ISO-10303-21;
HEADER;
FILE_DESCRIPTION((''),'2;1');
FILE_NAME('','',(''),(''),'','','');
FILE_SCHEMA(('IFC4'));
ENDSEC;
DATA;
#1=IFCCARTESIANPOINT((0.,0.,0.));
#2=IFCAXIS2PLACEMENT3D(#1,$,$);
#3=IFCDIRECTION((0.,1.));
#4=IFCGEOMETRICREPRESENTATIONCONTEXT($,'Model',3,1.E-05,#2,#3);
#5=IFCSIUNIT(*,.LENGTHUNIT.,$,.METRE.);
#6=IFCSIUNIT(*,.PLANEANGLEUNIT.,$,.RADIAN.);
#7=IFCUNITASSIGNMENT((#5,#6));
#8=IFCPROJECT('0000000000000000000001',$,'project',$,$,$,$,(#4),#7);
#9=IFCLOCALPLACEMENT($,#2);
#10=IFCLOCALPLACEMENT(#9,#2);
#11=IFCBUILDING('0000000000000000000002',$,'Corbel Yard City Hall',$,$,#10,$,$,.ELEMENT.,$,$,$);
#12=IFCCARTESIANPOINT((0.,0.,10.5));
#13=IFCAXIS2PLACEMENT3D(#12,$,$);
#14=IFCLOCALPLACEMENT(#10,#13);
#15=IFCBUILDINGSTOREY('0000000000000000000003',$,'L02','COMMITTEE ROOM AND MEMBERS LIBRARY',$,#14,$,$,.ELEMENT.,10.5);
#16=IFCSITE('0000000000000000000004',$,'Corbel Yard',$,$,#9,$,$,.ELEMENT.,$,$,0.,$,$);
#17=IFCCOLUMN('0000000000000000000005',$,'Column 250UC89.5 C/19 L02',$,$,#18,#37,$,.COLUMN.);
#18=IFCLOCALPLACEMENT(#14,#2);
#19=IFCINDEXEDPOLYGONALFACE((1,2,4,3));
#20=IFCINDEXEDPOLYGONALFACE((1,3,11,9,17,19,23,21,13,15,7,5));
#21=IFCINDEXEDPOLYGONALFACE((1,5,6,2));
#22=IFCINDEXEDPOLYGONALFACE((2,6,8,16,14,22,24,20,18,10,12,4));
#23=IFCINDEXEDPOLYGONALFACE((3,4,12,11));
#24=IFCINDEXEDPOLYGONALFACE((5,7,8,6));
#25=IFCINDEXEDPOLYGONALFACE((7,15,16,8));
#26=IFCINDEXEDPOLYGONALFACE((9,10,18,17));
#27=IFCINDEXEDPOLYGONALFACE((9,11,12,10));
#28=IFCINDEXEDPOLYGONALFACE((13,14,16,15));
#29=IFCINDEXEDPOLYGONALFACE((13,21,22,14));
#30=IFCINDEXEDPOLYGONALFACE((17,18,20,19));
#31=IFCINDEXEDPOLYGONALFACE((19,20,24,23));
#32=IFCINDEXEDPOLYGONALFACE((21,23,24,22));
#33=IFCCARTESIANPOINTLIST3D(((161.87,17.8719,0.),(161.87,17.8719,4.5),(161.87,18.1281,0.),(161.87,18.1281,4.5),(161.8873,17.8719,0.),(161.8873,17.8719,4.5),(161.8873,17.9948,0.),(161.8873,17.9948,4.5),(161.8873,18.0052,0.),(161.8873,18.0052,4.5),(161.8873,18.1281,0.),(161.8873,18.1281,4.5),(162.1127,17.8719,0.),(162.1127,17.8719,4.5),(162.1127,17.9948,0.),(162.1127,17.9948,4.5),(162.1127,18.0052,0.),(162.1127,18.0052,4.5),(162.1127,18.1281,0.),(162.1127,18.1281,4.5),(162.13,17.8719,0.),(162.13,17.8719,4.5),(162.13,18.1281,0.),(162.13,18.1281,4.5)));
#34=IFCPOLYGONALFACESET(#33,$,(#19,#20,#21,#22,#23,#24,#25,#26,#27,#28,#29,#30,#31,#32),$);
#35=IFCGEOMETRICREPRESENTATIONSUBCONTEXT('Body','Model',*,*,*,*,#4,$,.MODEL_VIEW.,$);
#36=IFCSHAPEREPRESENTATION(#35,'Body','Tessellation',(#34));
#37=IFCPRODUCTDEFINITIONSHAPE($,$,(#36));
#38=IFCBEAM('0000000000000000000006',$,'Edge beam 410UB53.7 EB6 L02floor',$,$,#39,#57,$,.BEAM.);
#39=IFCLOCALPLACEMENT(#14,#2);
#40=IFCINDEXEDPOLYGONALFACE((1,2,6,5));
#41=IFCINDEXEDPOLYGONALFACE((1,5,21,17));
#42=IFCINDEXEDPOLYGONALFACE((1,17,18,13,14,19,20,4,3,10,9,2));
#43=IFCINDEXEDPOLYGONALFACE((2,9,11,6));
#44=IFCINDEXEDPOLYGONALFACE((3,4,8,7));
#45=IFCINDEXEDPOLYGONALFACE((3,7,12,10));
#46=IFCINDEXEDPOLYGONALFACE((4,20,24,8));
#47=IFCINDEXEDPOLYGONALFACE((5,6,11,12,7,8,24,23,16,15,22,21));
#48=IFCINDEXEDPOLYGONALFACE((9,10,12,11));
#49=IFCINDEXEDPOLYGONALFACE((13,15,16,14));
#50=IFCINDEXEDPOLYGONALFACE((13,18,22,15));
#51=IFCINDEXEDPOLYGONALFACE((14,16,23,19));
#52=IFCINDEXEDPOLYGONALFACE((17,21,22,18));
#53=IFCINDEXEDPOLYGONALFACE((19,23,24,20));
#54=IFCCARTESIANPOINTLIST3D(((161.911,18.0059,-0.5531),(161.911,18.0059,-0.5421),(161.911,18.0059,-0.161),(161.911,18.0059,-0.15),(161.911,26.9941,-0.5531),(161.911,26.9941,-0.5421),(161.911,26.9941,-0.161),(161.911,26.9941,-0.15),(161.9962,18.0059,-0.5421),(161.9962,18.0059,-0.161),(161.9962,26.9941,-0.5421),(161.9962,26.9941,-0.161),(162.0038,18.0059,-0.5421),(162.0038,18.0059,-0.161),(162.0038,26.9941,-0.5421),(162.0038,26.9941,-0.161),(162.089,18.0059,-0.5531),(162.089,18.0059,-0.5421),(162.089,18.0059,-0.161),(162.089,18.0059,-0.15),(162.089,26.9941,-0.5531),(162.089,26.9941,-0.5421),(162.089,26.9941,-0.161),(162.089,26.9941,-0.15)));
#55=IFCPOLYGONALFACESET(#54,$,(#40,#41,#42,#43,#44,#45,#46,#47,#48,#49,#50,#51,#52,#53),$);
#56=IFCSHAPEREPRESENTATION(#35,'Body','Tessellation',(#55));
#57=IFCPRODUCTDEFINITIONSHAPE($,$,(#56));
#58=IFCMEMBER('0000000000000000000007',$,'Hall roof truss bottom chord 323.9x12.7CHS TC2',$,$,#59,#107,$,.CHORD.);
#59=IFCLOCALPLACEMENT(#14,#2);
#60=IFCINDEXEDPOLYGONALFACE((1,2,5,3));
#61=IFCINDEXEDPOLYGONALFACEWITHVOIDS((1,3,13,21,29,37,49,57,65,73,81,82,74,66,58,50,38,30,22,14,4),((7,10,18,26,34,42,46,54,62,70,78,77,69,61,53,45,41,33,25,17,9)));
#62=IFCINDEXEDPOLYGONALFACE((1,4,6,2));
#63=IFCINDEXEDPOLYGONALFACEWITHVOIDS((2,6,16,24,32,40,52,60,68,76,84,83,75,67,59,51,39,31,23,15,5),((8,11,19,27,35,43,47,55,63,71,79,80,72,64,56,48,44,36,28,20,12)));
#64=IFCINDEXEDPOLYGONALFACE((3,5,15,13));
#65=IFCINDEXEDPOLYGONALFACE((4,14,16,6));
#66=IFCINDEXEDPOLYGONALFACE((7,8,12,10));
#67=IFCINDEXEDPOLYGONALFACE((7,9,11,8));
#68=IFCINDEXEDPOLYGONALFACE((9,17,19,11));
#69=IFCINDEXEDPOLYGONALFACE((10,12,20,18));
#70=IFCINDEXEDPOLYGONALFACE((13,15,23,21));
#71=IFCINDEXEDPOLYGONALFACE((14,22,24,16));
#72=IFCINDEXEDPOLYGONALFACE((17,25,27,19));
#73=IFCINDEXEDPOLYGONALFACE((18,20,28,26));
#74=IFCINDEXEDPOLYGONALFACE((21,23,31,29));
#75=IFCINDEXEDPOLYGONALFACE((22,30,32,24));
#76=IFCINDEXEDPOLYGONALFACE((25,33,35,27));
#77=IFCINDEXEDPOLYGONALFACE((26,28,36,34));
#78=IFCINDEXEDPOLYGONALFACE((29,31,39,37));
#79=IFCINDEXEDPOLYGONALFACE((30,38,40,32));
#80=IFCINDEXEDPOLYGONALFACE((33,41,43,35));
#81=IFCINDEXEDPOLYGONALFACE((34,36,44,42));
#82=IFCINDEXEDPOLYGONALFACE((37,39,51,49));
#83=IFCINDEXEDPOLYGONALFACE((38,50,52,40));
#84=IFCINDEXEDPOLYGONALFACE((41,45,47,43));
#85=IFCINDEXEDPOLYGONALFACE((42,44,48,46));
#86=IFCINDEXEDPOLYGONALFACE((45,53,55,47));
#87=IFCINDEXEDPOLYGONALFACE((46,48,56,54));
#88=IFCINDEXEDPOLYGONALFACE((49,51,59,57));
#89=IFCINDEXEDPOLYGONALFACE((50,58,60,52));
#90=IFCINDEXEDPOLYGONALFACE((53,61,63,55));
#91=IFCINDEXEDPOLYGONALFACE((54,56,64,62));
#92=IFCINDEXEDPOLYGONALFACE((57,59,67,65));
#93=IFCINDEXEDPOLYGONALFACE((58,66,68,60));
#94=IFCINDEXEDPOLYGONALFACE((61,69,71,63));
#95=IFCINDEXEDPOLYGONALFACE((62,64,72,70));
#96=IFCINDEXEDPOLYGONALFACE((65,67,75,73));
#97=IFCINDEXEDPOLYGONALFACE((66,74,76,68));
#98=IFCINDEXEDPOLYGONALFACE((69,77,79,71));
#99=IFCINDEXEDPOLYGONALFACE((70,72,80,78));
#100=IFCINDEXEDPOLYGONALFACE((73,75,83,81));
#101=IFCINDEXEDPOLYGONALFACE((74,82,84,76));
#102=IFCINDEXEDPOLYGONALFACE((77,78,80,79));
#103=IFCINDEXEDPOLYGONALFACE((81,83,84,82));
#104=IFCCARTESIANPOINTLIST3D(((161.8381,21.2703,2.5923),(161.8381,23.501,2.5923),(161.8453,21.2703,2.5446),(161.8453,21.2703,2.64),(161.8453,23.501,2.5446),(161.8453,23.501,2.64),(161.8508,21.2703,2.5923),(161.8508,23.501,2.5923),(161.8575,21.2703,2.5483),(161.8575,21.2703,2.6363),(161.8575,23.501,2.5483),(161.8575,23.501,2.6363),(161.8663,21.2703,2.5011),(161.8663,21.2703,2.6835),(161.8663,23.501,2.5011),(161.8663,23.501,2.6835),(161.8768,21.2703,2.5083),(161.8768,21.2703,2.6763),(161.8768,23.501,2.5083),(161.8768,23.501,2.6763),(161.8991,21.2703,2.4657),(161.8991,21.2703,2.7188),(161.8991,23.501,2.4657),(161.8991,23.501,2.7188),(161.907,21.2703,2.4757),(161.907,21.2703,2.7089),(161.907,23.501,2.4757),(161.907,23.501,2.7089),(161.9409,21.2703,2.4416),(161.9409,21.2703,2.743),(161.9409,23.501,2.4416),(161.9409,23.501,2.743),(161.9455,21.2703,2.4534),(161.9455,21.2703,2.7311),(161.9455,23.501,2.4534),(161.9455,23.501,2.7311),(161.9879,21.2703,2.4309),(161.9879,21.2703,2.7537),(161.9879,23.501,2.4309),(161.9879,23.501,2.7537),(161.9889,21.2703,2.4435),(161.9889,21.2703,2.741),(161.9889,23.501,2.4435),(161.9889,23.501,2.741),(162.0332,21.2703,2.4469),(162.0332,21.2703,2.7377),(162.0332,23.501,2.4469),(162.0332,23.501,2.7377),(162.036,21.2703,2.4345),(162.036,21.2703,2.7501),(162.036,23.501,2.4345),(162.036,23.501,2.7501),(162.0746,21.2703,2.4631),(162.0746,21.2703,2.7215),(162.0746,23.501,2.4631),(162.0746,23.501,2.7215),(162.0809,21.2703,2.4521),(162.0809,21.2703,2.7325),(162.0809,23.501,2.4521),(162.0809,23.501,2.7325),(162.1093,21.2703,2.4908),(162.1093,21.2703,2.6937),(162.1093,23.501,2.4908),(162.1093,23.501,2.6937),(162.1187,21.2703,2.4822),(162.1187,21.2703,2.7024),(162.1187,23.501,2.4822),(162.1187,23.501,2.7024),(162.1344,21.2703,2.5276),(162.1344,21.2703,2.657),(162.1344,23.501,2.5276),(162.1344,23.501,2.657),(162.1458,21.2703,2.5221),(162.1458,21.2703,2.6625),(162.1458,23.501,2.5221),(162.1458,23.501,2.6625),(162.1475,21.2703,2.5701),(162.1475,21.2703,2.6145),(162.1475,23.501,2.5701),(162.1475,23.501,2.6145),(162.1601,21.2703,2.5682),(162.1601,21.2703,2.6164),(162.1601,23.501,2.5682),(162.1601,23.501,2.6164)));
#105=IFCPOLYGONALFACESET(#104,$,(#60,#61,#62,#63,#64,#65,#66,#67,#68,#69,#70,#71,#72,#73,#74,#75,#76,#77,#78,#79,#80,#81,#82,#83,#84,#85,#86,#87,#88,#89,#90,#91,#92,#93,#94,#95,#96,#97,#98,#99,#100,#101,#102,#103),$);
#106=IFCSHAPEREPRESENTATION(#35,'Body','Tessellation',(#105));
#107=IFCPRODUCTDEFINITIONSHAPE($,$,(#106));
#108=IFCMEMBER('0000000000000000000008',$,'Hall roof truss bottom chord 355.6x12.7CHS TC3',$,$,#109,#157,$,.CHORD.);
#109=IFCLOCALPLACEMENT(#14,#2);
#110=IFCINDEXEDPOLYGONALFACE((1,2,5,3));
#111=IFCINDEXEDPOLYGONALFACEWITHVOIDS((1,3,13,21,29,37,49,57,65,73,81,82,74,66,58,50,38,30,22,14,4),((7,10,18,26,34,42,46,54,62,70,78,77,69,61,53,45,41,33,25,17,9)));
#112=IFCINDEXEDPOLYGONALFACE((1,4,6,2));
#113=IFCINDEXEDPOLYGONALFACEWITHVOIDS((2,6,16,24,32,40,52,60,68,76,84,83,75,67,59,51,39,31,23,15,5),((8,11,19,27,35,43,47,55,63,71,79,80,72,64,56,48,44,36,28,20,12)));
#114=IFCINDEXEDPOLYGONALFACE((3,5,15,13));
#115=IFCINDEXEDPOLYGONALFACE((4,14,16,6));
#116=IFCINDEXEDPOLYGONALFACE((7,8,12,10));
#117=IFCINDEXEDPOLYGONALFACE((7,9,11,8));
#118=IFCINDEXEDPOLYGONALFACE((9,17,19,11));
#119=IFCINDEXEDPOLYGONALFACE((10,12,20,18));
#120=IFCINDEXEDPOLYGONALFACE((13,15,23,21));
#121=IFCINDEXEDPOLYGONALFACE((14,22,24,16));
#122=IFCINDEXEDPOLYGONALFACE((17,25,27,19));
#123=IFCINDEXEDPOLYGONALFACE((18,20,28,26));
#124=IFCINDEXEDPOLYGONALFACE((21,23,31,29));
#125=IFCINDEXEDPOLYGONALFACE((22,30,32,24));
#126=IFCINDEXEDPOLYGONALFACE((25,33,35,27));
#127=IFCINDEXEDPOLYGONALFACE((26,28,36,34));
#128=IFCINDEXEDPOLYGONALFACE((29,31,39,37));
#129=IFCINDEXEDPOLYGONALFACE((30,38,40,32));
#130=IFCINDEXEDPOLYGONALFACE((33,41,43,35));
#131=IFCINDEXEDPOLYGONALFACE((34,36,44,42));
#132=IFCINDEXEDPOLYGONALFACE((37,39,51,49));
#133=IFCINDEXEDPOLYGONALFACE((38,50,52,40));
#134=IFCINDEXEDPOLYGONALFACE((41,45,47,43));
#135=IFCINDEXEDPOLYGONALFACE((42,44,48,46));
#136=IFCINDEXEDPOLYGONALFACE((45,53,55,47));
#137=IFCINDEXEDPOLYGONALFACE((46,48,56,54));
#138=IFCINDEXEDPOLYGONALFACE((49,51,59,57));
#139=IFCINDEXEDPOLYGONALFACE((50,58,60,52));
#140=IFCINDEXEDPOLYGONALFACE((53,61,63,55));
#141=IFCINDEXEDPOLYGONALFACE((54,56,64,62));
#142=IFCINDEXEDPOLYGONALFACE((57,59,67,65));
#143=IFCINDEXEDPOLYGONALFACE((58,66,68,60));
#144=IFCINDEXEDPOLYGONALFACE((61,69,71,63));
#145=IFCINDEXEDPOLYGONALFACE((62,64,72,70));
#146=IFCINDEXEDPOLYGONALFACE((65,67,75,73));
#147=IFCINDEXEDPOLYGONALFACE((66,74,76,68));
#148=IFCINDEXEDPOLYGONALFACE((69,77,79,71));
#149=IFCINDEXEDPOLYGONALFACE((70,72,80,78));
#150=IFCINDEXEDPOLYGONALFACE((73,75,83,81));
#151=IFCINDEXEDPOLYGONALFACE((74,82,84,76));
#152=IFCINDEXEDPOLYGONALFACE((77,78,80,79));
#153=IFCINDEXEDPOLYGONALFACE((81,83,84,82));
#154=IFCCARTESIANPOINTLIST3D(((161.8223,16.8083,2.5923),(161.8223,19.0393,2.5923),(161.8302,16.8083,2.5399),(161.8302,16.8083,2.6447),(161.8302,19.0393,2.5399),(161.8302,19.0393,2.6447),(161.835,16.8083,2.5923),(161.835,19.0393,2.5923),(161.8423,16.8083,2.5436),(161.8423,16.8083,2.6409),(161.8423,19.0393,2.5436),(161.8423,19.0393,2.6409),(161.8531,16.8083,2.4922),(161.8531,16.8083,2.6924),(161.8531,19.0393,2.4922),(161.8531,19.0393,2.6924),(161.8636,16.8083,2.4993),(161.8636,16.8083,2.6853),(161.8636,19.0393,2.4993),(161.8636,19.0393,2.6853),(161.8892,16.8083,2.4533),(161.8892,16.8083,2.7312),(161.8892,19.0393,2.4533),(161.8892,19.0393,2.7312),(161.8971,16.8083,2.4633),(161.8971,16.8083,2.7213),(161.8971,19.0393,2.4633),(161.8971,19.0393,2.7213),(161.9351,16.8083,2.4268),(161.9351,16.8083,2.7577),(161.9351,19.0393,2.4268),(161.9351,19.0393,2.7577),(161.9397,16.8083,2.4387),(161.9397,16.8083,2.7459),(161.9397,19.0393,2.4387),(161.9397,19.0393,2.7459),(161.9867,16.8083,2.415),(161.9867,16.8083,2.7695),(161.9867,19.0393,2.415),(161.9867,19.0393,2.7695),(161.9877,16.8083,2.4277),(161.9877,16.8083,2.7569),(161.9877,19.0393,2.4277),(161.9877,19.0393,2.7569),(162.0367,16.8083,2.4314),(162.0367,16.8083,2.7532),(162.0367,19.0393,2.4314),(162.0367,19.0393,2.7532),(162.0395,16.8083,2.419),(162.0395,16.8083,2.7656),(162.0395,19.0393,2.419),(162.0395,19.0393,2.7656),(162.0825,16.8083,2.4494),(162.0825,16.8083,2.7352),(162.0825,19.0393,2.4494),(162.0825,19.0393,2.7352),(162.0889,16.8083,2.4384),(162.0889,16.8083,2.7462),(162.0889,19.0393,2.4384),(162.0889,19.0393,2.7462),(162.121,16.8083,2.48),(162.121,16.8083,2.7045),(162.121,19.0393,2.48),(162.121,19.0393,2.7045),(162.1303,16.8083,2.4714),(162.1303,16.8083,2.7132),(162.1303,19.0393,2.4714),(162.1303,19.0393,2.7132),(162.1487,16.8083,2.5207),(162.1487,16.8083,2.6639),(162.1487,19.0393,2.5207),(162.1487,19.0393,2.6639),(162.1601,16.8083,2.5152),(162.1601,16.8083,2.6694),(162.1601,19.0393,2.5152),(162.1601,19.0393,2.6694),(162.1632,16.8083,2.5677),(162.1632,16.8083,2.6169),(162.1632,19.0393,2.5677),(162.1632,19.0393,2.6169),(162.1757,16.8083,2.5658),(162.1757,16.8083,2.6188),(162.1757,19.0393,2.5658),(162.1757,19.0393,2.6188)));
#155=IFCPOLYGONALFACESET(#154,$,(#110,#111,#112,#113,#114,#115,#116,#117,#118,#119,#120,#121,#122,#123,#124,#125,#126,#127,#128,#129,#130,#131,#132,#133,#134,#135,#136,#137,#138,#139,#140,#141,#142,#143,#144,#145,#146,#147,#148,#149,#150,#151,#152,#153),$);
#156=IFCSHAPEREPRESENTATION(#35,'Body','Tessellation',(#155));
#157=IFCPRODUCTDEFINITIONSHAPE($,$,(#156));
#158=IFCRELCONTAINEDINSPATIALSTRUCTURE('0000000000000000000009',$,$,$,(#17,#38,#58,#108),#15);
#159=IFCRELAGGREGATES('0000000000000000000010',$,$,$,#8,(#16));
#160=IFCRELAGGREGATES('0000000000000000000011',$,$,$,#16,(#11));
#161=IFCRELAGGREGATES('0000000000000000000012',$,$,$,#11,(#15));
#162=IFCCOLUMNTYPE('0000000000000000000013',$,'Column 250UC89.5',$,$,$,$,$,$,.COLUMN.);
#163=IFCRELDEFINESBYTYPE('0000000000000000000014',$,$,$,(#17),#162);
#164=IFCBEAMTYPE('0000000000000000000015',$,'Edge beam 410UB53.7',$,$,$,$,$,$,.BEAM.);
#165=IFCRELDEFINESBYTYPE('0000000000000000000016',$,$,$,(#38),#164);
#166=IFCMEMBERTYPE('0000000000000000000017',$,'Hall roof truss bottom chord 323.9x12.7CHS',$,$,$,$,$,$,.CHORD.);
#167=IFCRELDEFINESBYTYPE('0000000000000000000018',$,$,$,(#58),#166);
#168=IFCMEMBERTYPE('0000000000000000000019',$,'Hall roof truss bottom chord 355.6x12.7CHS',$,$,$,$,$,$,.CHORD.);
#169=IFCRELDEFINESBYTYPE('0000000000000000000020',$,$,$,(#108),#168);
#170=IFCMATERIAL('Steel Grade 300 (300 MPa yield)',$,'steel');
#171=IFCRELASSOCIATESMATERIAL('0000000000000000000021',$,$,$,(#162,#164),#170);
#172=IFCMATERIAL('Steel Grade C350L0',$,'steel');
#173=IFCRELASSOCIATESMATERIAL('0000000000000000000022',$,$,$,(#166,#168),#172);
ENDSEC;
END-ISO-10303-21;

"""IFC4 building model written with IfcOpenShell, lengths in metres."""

from ifc_helpers import new_model, si_unit, direction, frame, origin, origin_2d, place, context, subcontext, project, spatial, hollow_circle, i_section, extrude, material, material_profile, profile_set, type_object, element, save


model = new_model("IFC4")

# Units and contexts
model_context = context("Model", 3, precision=1e-05, world=origin(), true_north=direction((0.0, 1.0)))
body_context = subcontext(model_context, "Body", "Model", "MODEL_VIEW")
ifc_project = project(units=[si_unit("LENGTHUNIT", "METRE"), si_unit("PLANEANGLEUNIT", "RADIAN")], contexts=[model_context])

# Site, building, storey
site_placement = place(None, origin())
site = spatial("IfcSite", under=ifc_project, at=site_placement, Name="Corbel Yard", CompositionType="ELEMENT", RefElevation=0.0)
building_placement = place(site_placement, origin())
building = spatial("IfcBuilding", under=site, at=building_placement, Name="Corbel Yard City Hall", CompositionType="ELEMENT")
storey_placement = place(building_placement, frame((0.0, 0.0, 10.5)))
storey = spatial("IfcBuildingStorey", under=building, at=storey_placement, Name="L02", Description="COMMITTEE ROOM AND MEMBERS LIBRARY", CompositionType="ELEMENT", Elevation=10.5)

# Column
ifc_material_1 = material(Name="Steel Grade 300 (300 MPa yield)", Category="steel")
ifc_material_profile_1 = material_profile(ifc_material_1, i_section(OverallWidth=0.2561, OverallDepth=0.26, WebThickness=0.0105, FlangeThickness=0.0173, at=origin_2d()), Name="250UC89.5")
ifc_profile_set_1 = profile_set([ifc_material_profile_1], Name="Steel Grade 300 (300 MPa yield)")
column_type = type_object("IfcColumnType", Name="Column 250UC89.5", PredefinedType="COLUMN", material=ifc_profile_set_1)
column_placement = place(storey_placement, frame((162.0, 18.0, 0.0), z_axis=(0.0, 0.0, 1.0), x_axis=(0.0, 1.0, 0.0)))
element("IfcColumn", 1, at=column_placement, inside=storey, type_object=column_type, Name="Column 250UC89.5 C/19 L02", PredefinedType="COLUMN", context=body_context, shape_type="SweptSolid", body=[
    extrude(i_section(OverallWidth=0.2561, OverallDepth=0.26, WebThickness=0.0105, FlangeThickness=0.0173, at=origin_2d()), origin(), (0.0, 0.0, 1.0), 4.5),
])

# Beam
ifc_material_profile_2 = material_profile(ifc_material_1, i_section(OverallWidth=0.178, OverallDepth=0.4031, WebThickness=0.0076, FlangeThickness=0.011, at=origin_2d()), Name="410UB53.7")
ifc_profile_set_2 = profile_set([ifc_material_profile_2], Name="Steel Grade 300 (300 MPa yield)")
beam_type = type_object("IfcBeamType", Name="Edge beam 410UB53.7", PredefinedType="BEAM", material=ifc_profile_set_2)
beam_placement = place(storey_placement, frame((162.0, 18.0059, -0.3516), z_axis=(0.0, 1.0, 0.0), x_axis=(-1.0, 0.0, 0.0)))
element("IfcBeam", 2, at=beam_placement, inside=storey, type_object=beam_type, Name="Edge beam 410UB53.7 EB6 L02floor", PredefinedType="BEAM", context=body_context, shape_type="SweptSolid", body=[
    extrude(i_section(OverallWidth=0.178, OverallDepth=0.4031, WebThickness=0.0076, FlangeThickness=0.011, at=origin_2d()), origin(), (0.0, 0.0, 1.0), 8.9883),
])

# Members
ifc_material_2 = material(Name="Steel Grade C350L0", Category="steel")
ifc_material_profile_3 = material_profile(ifc_material_2, hollow_circle(Radius=0.1619, WallThickness=0.0127, at=origin_2d()), Name="323.9x12.7CHS")
ifc_profile_set_3 = profile_set([ifc_material_profile_3], Name="Steel Grade C350L0")
member_type_1 = type_object("IfcMemberType", Name="Hall roof truss bottom chord 323.9x12.7CHS", PredefinedType="CHORD", material=ifc_profile_set_3)
member_1_placement = place(storey_placement, frame((162.0, 21.2703, 2.5923), z_axis=(0.0, 1.0, 0.0), x_axis=(-1.0, 0.0, 0.0)))
element("IfcMember", 3, at=member_1_placement, inside=storey, type_object=member_type_1, Name="Hall roof truss bottom chord 323.9x12.7CHS TC2", PredefinedType="CHORD", context=body_context, shape_type="SweptSolid", body=[
    extrude(hollow_circle(Radius=0.1619, WallThickness=0.0127, at=origin_2d()), origin(), (0.0, 0.0, 1.0), 2.2307),
])
ifc_material_profile_4 = material_profile(ifc_material_2, hollow_circle(Radius=0.1777, WallThickness=0.0127, at=origin_2d()), Name="355.6x12.7CHS")
ifc_profile_set_4 = profile_set([ifc_material_profile_4], Name="Steel Grade C350L0")
member_type_2 = type_object("IfcMemberType", Name="Hall roof truss bottom chord 355.6x12.7CHS", PredefinedType="CHORD", material=ifc_profile_set_4)
for number, where, z_axis, x_axis, name in (
    (4, (162.0, 16.8083, 2.5923), (0.0, 1.0, 0.0), (-1.0, 0.0, 0.0), "Hall roof truss bottom chord 355.6x12.7CHS TC3"),
):
    element("IfcMember", number, at=place(storey_placement, frame(where, z_axis=z_axis, x_axis=x_axis)), inside=storey, type_object=member_type_2, Name=name, PredefinedType="CHORD", context=body_context, shape_type="SweptSolid", body=[
        extrude(hollow_circle(Radius=0.1777, WallThickness=0.0127, at=origin_2d()), origin(), (0.0, 0.0, 1.0), 2.231),
    ])

save(model, "model.ifc")
